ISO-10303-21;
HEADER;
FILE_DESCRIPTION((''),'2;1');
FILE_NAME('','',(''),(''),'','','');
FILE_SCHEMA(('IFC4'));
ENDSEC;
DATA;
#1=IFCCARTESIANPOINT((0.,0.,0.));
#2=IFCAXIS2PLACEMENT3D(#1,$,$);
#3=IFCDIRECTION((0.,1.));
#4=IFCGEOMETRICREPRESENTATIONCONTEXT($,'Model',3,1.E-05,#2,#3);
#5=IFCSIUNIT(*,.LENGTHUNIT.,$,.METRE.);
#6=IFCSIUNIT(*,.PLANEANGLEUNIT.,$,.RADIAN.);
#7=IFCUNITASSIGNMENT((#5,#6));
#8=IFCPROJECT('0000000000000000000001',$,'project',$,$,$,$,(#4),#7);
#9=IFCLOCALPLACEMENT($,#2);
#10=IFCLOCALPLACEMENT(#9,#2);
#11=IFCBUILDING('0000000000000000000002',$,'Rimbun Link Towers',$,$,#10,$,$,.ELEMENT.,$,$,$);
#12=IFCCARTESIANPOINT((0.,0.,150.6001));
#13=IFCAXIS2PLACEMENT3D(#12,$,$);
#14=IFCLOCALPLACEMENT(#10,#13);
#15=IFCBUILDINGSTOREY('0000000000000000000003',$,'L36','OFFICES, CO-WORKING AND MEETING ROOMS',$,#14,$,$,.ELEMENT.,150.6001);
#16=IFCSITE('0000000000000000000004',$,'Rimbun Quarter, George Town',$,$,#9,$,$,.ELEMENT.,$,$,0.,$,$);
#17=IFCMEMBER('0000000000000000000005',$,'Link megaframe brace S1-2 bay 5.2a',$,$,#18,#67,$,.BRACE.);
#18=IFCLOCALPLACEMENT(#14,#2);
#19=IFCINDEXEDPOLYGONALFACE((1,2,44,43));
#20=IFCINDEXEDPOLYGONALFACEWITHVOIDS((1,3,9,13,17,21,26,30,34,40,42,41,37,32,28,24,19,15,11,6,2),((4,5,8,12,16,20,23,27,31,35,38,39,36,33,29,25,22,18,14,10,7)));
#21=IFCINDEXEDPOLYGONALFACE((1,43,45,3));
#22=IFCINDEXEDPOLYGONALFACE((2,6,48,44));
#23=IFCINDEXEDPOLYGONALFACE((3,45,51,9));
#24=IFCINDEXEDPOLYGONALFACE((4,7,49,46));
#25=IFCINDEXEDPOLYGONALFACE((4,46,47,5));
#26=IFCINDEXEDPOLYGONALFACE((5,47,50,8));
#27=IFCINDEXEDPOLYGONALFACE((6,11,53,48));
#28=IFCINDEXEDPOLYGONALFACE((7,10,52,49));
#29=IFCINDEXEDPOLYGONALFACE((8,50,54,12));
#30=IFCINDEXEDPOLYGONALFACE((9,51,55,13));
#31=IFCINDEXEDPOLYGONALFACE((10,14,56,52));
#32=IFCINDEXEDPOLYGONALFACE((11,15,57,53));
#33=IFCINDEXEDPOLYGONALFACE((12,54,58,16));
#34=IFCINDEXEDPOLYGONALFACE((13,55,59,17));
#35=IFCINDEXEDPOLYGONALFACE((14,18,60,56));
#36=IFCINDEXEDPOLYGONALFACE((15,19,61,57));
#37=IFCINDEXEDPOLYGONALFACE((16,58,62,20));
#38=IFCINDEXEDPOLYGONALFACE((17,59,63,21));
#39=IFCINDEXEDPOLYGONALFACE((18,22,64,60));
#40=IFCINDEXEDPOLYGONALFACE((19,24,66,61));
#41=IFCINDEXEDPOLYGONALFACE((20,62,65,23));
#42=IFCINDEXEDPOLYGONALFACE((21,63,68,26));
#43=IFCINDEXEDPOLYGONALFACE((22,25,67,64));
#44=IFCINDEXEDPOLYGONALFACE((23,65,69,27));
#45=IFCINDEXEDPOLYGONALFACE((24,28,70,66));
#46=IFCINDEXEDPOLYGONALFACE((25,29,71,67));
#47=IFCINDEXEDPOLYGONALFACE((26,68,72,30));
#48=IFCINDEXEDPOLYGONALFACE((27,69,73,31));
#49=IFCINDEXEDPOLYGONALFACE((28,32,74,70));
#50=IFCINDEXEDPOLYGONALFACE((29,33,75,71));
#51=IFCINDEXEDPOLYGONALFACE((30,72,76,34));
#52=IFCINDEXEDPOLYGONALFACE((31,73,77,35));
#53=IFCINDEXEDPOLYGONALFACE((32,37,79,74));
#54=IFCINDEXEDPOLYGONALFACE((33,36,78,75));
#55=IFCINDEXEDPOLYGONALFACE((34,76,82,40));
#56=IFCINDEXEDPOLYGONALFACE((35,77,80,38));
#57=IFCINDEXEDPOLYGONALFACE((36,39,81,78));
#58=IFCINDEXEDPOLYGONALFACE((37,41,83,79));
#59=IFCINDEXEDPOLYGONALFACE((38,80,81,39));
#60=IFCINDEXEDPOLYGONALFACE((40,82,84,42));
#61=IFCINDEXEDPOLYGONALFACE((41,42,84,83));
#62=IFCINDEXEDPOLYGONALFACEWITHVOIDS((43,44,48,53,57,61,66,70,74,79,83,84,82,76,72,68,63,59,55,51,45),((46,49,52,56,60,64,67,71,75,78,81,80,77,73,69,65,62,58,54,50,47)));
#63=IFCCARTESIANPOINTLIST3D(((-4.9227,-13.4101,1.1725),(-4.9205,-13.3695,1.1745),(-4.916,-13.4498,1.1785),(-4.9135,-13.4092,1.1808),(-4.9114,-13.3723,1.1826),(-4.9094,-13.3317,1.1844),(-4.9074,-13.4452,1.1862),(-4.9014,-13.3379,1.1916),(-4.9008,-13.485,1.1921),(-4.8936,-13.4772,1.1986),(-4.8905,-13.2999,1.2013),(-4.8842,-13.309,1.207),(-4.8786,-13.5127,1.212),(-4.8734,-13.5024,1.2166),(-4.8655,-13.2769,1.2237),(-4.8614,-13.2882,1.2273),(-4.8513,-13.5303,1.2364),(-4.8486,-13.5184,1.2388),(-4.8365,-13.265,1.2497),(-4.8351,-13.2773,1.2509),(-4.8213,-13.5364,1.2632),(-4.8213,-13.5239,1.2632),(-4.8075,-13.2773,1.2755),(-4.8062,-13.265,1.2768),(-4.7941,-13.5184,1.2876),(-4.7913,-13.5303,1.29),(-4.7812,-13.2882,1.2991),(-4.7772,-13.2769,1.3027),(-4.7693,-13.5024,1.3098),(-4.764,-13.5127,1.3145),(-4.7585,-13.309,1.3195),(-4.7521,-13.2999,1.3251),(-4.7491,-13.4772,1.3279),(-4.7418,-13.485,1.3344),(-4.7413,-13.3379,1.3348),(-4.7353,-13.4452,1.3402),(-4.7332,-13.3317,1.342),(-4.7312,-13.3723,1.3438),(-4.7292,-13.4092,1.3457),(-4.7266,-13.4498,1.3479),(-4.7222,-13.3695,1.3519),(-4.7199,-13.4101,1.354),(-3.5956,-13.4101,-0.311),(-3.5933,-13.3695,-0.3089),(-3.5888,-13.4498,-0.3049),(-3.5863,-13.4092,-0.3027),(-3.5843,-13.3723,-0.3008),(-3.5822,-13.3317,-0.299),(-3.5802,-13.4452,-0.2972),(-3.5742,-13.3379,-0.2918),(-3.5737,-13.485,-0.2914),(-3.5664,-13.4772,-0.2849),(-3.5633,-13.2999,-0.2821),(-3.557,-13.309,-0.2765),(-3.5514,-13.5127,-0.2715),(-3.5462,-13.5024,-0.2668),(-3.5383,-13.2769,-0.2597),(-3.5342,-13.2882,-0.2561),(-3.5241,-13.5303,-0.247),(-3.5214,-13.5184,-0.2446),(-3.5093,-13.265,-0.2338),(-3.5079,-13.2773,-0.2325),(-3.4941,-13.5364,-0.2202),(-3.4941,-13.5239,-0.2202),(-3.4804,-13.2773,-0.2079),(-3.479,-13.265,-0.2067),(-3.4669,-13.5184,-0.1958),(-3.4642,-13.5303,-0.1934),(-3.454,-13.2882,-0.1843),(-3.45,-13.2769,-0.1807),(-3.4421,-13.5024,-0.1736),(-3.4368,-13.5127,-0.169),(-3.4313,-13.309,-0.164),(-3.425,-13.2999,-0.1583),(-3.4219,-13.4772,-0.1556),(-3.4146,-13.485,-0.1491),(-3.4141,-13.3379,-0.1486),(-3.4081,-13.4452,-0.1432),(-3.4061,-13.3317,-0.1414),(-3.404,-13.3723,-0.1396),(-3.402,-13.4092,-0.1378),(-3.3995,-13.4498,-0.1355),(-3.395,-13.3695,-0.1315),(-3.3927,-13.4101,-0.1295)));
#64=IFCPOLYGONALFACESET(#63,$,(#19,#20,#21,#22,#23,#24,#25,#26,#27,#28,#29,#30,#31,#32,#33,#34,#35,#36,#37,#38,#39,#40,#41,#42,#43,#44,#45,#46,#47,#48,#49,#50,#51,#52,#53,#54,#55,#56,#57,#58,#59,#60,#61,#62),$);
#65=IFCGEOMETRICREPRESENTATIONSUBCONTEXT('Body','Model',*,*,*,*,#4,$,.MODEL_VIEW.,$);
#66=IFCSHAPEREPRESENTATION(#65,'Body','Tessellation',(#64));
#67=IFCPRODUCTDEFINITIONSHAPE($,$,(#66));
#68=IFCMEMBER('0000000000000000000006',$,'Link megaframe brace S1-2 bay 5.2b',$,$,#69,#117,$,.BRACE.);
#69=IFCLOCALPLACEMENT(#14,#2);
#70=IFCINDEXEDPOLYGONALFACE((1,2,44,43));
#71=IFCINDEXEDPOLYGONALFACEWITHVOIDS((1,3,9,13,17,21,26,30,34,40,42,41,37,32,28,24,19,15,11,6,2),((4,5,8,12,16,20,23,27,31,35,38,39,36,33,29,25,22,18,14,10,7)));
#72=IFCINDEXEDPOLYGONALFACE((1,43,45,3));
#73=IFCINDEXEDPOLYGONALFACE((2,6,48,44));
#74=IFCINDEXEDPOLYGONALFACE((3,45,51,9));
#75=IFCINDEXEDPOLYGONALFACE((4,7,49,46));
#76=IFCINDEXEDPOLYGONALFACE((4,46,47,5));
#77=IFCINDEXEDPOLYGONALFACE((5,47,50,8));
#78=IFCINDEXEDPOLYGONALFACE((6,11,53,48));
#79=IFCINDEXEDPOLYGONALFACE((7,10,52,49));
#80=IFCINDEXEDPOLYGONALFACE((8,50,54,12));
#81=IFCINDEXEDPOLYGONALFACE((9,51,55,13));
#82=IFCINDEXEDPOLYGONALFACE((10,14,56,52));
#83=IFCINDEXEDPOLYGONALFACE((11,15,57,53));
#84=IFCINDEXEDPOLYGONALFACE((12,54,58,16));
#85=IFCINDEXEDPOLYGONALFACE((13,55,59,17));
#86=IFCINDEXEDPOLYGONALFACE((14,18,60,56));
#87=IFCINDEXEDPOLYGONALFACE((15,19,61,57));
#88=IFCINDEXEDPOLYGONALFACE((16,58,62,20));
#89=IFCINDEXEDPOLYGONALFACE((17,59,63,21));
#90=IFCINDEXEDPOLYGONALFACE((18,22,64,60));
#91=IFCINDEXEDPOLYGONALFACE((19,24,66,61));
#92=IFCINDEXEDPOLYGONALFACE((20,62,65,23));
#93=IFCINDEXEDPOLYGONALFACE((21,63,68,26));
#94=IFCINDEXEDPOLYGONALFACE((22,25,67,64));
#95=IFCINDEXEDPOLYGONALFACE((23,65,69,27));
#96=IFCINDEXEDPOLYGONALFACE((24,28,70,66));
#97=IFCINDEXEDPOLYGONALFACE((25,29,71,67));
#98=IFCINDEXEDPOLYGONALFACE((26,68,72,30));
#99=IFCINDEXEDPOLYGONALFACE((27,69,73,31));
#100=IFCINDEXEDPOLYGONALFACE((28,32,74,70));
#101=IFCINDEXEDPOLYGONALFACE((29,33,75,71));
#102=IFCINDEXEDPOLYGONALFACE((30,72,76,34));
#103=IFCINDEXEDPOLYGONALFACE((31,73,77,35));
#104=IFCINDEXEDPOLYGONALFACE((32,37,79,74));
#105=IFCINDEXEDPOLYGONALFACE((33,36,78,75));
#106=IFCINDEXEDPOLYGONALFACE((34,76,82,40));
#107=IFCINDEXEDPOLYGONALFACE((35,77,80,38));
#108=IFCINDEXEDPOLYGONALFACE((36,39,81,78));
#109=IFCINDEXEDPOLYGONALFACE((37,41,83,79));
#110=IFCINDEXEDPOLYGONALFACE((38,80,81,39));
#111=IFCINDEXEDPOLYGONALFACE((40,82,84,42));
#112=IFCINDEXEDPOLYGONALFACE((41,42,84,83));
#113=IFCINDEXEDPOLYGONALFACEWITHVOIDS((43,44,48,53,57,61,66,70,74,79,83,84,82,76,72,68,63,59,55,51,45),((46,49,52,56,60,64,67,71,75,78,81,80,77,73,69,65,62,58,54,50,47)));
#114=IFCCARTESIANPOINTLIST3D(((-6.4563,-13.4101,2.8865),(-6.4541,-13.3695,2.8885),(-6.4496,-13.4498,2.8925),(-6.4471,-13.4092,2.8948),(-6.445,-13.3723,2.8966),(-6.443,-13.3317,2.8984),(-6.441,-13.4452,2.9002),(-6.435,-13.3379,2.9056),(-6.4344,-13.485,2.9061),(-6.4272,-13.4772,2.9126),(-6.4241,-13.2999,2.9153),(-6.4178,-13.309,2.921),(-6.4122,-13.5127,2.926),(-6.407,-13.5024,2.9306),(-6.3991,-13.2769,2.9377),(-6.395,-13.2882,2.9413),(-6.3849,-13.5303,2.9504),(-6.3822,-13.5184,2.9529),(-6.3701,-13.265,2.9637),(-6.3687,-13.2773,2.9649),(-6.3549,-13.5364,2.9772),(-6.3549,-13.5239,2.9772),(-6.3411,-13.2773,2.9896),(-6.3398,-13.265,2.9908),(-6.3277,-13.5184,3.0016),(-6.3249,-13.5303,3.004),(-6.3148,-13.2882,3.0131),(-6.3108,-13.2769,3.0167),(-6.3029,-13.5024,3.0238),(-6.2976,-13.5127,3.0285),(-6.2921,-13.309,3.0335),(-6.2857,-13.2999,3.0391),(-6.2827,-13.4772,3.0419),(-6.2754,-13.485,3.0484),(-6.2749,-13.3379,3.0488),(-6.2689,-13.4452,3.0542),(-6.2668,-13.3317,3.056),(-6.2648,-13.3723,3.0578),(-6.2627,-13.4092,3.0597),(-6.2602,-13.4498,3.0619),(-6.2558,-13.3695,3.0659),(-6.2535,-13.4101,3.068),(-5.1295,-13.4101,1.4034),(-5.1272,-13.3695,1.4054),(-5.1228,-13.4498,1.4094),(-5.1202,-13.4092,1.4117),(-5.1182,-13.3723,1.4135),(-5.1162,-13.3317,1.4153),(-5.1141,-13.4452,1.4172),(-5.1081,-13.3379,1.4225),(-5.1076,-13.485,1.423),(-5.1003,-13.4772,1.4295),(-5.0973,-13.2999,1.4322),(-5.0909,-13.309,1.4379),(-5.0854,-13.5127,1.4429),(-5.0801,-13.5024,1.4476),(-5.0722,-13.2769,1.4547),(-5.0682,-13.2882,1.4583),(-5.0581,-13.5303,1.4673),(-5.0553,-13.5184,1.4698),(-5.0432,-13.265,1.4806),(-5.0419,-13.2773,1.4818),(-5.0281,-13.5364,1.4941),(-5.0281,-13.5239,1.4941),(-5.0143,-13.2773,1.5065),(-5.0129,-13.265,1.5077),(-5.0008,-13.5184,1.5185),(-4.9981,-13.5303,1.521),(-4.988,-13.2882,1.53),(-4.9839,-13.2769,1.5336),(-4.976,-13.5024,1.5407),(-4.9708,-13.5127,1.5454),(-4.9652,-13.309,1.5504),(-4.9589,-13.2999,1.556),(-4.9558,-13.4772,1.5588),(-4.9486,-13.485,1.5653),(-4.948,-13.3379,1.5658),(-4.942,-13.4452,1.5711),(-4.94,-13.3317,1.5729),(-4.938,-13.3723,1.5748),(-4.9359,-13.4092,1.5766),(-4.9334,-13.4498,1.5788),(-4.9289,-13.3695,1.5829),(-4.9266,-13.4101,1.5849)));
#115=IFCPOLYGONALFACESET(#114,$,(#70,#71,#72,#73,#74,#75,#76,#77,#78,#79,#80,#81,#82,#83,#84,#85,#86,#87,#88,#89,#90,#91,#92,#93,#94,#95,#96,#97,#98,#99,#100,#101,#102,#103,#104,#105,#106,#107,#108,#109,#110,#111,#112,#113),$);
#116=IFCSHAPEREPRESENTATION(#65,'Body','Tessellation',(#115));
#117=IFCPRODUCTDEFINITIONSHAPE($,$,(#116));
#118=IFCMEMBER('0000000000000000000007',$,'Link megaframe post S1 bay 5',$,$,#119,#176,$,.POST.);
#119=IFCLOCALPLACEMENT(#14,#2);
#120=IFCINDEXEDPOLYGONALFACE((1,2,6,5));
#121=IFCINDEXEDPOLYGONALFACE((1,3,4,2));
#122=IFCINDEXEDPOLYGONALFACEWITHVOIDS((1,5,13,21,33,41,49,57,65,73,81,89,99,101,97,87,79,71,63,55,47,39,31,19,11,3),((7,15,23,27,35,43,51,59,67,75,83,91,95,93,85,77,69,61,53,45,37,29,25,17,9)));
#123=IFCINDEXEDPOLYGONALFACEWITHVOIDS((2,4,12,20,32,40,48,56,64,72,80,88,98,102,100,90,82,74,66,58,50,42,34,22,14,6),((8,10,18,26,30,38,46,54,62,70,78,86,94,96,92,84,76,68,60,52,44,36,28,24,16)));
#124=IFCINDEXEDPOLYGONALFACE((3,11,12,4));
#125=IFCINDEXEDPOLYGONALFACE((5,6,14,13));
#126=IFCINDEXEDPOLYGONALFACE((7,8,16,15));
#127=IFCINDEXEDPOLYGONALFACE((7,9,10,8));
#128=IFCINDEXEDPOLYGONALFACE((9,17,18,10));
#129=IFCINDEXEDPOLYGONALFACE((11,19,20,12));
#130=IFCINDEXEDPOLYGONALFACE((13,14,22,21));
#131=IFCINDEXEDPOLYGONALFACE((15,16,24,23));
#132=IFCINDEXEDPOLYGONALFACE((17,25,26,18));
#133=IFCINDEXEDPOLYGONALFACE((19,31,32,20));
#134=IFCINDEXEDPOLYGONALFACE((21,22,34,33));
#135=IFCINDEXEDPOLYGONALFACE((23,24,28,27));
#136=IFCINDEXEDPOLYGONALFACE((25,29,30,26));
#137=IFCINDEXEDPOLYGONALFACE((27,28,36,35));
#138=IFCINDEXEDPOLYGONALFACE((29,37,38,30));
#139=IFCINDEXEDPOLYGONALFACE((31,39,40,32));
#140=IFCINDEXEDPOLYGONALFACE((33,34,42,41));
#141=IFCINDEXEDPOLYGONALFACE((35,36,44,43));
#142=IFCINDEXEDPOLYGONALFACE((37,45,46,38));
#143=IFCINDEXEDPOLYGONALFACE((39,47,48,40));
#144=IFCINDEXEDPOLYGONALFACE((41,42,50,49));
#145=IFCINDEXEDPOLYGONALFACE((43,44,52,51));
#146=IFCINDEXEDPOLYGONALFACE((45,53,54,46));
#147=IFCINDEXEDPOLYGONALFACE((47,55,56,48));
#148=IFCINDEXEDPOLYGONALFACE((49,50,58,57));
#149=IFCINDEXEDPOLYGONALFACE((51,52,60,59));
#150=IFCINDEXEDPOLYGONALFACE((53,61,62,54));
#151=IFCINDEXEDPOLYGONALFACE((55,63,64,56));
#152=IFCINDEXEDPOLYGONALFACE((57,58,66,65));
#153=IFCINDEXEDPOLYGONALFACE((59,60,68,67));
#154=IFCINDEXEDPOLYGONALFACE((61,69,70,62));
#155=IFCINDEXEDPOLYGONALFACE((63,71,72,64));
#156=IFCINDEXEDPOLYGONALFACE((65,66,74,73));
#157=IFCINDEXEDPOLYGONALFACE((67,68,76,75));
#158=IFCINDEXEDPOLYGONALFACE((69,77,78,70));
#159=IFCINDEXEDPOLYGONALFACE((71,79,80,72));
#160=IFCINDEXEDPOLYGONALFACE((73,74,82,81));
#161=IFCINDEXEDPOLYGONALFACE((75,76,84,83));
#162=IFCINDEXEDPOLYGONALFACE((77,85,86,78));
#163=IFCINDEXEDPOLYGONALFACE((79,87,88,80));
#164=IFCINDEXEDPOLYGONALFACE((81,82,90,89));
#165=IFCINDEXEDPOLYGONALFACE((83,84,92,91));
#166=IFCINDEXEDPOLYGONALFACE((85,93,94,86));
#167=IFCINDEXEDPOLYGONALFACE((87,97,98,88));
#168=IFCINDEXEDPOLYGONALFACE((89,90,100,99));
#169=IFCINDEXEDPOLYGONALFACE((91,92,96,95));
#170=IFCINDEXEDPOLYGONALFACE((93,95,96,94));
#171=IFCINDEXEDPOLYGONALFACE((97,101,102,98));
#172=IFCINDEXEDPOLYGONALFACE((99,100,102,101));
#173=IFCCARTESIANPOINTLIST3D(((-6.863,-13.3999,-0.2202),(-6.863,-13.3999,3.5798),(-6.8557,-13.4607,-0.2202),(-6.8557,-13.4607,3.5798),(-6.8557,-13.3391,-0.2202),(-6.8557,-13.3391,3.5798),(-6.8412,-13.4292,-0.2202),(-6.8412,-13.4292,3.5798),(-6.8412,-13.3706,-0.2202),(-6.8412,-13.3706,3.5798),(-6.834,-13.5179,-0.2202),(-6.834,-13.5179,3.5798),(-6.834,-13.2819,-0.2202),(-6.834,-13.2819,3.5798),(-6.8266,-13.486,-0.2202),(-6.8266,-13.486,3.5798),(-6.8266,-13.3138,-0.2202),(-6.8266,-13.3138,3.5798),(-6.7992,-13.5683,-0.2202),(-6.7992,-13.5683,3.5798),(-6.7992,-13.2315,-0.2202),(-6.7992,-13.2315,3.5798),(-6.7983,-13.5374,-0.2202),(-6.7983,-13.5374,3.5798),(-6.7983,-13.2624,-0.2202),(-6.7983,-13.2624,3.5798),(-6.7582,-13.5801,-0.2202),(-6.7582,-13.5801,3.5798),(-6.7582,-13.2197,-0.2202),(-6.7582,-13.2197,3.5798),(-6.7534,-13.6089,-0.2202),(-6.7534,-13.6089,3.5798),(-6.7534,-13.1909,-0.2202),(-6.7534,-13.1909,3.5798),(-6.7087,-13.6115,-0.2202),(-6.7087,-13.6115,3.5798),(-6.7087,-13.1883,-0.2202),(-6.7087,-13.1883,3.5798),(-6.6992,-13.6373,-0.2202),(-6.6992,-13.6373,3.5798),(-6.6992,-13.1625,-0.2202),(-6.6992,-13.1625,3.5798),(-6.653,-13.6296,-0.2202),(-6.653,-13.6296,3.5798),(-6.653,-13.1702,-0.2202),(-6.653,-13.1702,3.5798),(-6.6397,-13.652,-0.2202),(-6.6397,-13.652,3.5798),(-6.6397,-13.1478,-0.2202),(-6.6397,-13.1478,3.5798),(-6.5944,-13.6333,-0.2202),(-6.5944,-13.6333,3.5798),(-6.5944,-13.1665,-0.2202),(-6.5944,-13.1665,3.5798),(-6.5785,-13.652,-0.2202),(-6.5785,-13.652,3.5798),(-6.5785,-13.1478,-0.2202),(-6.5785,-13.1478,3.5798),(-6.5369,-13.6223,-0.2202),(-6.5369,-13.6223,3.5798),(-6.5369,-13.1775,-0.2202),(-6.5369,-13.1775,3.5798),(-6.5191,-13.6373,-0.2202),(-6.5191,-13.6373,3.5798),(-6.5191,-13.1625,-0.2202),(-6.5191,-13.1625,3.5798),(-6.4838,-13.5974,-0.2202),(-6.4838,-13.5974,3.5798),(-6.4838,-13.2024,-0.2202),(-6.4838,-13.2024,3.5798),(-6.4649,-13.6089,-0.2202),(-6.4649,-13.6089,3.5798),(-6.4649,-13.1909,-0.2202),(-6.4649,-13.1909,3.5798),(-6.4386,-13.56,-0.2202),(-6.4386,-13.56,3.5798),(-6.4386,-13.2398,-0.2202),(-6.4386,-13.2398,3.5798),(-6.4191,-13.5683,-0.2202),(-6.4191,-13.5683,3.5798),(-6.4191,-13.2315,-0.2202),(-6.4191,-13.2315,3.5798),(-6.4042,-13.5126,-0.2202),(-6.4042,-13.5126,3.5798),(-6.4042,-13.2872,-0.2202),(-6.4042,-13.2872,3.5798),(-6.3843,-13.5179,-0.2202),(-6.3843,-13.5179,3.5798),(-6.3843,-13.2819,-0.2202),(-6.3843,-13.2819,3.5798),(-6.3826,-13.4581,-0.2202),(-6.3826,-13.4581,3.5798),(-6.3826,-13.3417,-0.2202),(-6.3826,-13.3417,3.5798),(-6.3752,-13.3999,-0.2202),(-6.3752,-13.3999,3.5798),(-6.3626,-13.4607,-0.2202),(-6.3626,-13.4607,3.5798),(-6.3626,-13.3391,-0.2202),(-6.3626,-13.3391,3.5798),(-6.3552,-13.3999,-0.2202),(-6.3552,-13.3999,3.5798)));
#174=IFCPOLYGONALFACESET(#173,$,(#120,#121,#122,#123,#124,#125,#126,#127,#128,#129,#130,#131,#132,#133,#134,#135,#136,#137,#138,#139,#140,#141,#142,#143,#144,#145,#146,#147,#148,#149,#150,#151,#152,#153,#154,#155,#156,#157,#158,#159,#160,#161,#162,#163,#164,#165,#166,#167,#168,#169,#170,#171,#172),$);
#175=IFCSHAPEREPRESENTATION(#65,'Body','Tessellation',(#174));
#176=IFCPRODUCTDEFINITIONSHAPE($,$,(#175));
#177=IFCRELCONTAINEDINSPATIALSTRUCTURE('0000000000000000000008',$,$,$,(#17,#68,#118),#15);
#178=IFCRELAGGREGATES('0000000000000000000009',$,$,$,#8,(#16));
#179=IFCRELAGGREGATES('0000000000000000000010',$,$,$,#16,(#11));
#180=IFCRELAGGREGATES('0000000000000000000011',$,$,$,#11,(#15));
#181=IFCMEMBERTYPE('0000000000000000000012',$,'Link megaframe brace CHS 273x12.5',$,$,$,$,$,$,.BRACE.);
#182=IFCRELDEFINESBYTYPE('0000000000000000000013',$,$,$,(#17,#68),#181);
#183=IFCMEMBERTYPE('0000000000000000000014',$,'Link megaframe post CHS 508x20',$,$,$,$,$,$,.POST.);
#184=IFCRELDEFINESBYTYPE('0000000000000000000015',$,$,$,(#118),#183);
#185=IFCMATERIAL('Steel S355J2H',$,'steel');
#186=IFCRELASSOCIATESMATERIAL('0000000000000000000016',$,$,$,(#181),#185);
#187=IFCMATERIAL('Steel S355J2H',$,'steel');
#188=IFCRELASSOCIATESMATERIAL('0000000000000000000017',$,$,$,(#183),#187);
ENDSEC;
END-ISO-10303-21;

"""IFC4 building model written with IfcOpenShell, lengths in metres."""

from ifc_helpers import new_model, si_unit, direction, frame, origin, origin_2d, place, context, subcontext, project, spatial, hollow_circle, extrude, material, material_profile, profile_set, type_object, element, save


model = new_model("IFC4")

# Units and contexts
model_context = context("Model", 3, precision=1e-05, world=origin(), true_north=direction((0.0, 1.0)))
body_context = subcontext(model_context, "Body", "Model", "MODEL_VIEW")
ifc_project = project(units=[si_unit("LENGTHUNIT", "METRE"), si_unit("PLANEANGLEUNIT", "RADIAN")], contexts=[model_context])

# Site, building, storey
site_placement = place(None, origin())
site = spatial("IfcSite", under=ifc_project, at=site_placement, Name="Rimbun Quarter, George Town", CompositionType="ELEMENT", RefElevation=0.0)
building_placement = place(site_placement, origin())
building = spatial("IfcBuilding", under=site, at=building_placement, Name="Rimbun Link Towers", CompositionType="ELEMENT")
storey_placement = place(building_placement, frame((0.0, 0.0, 150.6001)))
storey = spatial("IfcBuildingStorey", under=building, at=storey_placement, Name="L36", Description="OFFICES, CO-WORKING AND MEETING ROOMS", CompositionType="ELEMENT", Elevation=150.6001)

# Members
ifc_material_1 = material(Name="Steel S355J2H", Category="steel")
ifc_material_profile_1 = material_profile(ifc_material_1, hollow_circle(Radius=0.1365, WallThickness=0.0125, at=origin_2d()), Name="CHS 273x12.5")
ifc_profile_set_1 = profile_set([ifc_material_profile_1], Name="Steel S355J2H")
member_type_1 = type_object("IfcMemberType", Name="Link megaframe brace CHS 273x12.5", PredefinedType="BRACE", material=ifc_profile_set_1)
member_1_placement = place(storey_placement, frame((-3.4941, -13.3999, -0.2202), z_axis=(-0.666766, 0.0, 0.745267), x_axis=(0.0, -1.0, 0.0)))
element("IfcMember", 1, at=member_1_placement, inside=storey, type_object=member_type_1, Name="Link megaframe brace S1-2 bay 5.2a", PredefinedType="BRACE", context=body_context, shape_type="SweptSolid", body=[
    extrude(hollow_circle(Radius=0.1365, WallThickness=0.0125, at=origin_2d()), origin(), (0.0, 0.0, 1.0), 1.9905),
])
member_2_placement = place(storey_placement, frame((-5.0281, -13.3999, 1.4941), z_axis=(-0.666759, 0.0, 0.745273), x_axis=(0.0, -1.0, 0.0)))
element("IfcMember", 2, at=member_2_placement, inside=storey, type_object=member_type_1, Name="Link megaframe brace S1-2 bay 5.2b", PredefinedType="BRACE", context=body_context, shape_type="SweptSolid", body=[
    extrude(hollow_circle(Radius=0.1365, WallThickness=0.0125, at=origin_2d()), origin(), (0.0, 0.0, 1.0), 1.99),
])
ifc_material_2 = material(Name="Steel S355J2H", Category="steel")
ifc_material_profile_2 = material_profile(ifc_material_2, hollow_circle(Radius=0.2539, WallThickness=0.02, at=origin_2d()), Name="CHS 508x20")
ifc_profile_set_2 = profile_set([ifc_material_profile_2], Name="Steel S355J2H")
member_type_2 = type_object("IfcMemberType", Name="Link megaframe post CHS 508x20", PredefinedType="POST", material=ifc_profile_set_2)
for number, where, z_axis, x_axis, name in (
    (3, (-6.6091, -13.3999, -0.2202), (0.0, 0.0, 1.0), (1.0, 0.0, 0.0), "Link megaframe post S1 bay 5"),
):
    element("IfcMember", number, at=place(storey_placement, frame(where, z_axis=z_axis, x_axis=x_axis)), inside=storey, type_object=member_type_2, Name=name, PredefinedType="POST", context=body_context, shape_type="SweptSolid", body=[
        extrude(hollow_circle(Radius=0.2539, WallThickness=0.02, at=origin_2d()), origin(), (0.0, 0.0, 1.0), 3.8),
    ])

save(model, "model.ifc")
